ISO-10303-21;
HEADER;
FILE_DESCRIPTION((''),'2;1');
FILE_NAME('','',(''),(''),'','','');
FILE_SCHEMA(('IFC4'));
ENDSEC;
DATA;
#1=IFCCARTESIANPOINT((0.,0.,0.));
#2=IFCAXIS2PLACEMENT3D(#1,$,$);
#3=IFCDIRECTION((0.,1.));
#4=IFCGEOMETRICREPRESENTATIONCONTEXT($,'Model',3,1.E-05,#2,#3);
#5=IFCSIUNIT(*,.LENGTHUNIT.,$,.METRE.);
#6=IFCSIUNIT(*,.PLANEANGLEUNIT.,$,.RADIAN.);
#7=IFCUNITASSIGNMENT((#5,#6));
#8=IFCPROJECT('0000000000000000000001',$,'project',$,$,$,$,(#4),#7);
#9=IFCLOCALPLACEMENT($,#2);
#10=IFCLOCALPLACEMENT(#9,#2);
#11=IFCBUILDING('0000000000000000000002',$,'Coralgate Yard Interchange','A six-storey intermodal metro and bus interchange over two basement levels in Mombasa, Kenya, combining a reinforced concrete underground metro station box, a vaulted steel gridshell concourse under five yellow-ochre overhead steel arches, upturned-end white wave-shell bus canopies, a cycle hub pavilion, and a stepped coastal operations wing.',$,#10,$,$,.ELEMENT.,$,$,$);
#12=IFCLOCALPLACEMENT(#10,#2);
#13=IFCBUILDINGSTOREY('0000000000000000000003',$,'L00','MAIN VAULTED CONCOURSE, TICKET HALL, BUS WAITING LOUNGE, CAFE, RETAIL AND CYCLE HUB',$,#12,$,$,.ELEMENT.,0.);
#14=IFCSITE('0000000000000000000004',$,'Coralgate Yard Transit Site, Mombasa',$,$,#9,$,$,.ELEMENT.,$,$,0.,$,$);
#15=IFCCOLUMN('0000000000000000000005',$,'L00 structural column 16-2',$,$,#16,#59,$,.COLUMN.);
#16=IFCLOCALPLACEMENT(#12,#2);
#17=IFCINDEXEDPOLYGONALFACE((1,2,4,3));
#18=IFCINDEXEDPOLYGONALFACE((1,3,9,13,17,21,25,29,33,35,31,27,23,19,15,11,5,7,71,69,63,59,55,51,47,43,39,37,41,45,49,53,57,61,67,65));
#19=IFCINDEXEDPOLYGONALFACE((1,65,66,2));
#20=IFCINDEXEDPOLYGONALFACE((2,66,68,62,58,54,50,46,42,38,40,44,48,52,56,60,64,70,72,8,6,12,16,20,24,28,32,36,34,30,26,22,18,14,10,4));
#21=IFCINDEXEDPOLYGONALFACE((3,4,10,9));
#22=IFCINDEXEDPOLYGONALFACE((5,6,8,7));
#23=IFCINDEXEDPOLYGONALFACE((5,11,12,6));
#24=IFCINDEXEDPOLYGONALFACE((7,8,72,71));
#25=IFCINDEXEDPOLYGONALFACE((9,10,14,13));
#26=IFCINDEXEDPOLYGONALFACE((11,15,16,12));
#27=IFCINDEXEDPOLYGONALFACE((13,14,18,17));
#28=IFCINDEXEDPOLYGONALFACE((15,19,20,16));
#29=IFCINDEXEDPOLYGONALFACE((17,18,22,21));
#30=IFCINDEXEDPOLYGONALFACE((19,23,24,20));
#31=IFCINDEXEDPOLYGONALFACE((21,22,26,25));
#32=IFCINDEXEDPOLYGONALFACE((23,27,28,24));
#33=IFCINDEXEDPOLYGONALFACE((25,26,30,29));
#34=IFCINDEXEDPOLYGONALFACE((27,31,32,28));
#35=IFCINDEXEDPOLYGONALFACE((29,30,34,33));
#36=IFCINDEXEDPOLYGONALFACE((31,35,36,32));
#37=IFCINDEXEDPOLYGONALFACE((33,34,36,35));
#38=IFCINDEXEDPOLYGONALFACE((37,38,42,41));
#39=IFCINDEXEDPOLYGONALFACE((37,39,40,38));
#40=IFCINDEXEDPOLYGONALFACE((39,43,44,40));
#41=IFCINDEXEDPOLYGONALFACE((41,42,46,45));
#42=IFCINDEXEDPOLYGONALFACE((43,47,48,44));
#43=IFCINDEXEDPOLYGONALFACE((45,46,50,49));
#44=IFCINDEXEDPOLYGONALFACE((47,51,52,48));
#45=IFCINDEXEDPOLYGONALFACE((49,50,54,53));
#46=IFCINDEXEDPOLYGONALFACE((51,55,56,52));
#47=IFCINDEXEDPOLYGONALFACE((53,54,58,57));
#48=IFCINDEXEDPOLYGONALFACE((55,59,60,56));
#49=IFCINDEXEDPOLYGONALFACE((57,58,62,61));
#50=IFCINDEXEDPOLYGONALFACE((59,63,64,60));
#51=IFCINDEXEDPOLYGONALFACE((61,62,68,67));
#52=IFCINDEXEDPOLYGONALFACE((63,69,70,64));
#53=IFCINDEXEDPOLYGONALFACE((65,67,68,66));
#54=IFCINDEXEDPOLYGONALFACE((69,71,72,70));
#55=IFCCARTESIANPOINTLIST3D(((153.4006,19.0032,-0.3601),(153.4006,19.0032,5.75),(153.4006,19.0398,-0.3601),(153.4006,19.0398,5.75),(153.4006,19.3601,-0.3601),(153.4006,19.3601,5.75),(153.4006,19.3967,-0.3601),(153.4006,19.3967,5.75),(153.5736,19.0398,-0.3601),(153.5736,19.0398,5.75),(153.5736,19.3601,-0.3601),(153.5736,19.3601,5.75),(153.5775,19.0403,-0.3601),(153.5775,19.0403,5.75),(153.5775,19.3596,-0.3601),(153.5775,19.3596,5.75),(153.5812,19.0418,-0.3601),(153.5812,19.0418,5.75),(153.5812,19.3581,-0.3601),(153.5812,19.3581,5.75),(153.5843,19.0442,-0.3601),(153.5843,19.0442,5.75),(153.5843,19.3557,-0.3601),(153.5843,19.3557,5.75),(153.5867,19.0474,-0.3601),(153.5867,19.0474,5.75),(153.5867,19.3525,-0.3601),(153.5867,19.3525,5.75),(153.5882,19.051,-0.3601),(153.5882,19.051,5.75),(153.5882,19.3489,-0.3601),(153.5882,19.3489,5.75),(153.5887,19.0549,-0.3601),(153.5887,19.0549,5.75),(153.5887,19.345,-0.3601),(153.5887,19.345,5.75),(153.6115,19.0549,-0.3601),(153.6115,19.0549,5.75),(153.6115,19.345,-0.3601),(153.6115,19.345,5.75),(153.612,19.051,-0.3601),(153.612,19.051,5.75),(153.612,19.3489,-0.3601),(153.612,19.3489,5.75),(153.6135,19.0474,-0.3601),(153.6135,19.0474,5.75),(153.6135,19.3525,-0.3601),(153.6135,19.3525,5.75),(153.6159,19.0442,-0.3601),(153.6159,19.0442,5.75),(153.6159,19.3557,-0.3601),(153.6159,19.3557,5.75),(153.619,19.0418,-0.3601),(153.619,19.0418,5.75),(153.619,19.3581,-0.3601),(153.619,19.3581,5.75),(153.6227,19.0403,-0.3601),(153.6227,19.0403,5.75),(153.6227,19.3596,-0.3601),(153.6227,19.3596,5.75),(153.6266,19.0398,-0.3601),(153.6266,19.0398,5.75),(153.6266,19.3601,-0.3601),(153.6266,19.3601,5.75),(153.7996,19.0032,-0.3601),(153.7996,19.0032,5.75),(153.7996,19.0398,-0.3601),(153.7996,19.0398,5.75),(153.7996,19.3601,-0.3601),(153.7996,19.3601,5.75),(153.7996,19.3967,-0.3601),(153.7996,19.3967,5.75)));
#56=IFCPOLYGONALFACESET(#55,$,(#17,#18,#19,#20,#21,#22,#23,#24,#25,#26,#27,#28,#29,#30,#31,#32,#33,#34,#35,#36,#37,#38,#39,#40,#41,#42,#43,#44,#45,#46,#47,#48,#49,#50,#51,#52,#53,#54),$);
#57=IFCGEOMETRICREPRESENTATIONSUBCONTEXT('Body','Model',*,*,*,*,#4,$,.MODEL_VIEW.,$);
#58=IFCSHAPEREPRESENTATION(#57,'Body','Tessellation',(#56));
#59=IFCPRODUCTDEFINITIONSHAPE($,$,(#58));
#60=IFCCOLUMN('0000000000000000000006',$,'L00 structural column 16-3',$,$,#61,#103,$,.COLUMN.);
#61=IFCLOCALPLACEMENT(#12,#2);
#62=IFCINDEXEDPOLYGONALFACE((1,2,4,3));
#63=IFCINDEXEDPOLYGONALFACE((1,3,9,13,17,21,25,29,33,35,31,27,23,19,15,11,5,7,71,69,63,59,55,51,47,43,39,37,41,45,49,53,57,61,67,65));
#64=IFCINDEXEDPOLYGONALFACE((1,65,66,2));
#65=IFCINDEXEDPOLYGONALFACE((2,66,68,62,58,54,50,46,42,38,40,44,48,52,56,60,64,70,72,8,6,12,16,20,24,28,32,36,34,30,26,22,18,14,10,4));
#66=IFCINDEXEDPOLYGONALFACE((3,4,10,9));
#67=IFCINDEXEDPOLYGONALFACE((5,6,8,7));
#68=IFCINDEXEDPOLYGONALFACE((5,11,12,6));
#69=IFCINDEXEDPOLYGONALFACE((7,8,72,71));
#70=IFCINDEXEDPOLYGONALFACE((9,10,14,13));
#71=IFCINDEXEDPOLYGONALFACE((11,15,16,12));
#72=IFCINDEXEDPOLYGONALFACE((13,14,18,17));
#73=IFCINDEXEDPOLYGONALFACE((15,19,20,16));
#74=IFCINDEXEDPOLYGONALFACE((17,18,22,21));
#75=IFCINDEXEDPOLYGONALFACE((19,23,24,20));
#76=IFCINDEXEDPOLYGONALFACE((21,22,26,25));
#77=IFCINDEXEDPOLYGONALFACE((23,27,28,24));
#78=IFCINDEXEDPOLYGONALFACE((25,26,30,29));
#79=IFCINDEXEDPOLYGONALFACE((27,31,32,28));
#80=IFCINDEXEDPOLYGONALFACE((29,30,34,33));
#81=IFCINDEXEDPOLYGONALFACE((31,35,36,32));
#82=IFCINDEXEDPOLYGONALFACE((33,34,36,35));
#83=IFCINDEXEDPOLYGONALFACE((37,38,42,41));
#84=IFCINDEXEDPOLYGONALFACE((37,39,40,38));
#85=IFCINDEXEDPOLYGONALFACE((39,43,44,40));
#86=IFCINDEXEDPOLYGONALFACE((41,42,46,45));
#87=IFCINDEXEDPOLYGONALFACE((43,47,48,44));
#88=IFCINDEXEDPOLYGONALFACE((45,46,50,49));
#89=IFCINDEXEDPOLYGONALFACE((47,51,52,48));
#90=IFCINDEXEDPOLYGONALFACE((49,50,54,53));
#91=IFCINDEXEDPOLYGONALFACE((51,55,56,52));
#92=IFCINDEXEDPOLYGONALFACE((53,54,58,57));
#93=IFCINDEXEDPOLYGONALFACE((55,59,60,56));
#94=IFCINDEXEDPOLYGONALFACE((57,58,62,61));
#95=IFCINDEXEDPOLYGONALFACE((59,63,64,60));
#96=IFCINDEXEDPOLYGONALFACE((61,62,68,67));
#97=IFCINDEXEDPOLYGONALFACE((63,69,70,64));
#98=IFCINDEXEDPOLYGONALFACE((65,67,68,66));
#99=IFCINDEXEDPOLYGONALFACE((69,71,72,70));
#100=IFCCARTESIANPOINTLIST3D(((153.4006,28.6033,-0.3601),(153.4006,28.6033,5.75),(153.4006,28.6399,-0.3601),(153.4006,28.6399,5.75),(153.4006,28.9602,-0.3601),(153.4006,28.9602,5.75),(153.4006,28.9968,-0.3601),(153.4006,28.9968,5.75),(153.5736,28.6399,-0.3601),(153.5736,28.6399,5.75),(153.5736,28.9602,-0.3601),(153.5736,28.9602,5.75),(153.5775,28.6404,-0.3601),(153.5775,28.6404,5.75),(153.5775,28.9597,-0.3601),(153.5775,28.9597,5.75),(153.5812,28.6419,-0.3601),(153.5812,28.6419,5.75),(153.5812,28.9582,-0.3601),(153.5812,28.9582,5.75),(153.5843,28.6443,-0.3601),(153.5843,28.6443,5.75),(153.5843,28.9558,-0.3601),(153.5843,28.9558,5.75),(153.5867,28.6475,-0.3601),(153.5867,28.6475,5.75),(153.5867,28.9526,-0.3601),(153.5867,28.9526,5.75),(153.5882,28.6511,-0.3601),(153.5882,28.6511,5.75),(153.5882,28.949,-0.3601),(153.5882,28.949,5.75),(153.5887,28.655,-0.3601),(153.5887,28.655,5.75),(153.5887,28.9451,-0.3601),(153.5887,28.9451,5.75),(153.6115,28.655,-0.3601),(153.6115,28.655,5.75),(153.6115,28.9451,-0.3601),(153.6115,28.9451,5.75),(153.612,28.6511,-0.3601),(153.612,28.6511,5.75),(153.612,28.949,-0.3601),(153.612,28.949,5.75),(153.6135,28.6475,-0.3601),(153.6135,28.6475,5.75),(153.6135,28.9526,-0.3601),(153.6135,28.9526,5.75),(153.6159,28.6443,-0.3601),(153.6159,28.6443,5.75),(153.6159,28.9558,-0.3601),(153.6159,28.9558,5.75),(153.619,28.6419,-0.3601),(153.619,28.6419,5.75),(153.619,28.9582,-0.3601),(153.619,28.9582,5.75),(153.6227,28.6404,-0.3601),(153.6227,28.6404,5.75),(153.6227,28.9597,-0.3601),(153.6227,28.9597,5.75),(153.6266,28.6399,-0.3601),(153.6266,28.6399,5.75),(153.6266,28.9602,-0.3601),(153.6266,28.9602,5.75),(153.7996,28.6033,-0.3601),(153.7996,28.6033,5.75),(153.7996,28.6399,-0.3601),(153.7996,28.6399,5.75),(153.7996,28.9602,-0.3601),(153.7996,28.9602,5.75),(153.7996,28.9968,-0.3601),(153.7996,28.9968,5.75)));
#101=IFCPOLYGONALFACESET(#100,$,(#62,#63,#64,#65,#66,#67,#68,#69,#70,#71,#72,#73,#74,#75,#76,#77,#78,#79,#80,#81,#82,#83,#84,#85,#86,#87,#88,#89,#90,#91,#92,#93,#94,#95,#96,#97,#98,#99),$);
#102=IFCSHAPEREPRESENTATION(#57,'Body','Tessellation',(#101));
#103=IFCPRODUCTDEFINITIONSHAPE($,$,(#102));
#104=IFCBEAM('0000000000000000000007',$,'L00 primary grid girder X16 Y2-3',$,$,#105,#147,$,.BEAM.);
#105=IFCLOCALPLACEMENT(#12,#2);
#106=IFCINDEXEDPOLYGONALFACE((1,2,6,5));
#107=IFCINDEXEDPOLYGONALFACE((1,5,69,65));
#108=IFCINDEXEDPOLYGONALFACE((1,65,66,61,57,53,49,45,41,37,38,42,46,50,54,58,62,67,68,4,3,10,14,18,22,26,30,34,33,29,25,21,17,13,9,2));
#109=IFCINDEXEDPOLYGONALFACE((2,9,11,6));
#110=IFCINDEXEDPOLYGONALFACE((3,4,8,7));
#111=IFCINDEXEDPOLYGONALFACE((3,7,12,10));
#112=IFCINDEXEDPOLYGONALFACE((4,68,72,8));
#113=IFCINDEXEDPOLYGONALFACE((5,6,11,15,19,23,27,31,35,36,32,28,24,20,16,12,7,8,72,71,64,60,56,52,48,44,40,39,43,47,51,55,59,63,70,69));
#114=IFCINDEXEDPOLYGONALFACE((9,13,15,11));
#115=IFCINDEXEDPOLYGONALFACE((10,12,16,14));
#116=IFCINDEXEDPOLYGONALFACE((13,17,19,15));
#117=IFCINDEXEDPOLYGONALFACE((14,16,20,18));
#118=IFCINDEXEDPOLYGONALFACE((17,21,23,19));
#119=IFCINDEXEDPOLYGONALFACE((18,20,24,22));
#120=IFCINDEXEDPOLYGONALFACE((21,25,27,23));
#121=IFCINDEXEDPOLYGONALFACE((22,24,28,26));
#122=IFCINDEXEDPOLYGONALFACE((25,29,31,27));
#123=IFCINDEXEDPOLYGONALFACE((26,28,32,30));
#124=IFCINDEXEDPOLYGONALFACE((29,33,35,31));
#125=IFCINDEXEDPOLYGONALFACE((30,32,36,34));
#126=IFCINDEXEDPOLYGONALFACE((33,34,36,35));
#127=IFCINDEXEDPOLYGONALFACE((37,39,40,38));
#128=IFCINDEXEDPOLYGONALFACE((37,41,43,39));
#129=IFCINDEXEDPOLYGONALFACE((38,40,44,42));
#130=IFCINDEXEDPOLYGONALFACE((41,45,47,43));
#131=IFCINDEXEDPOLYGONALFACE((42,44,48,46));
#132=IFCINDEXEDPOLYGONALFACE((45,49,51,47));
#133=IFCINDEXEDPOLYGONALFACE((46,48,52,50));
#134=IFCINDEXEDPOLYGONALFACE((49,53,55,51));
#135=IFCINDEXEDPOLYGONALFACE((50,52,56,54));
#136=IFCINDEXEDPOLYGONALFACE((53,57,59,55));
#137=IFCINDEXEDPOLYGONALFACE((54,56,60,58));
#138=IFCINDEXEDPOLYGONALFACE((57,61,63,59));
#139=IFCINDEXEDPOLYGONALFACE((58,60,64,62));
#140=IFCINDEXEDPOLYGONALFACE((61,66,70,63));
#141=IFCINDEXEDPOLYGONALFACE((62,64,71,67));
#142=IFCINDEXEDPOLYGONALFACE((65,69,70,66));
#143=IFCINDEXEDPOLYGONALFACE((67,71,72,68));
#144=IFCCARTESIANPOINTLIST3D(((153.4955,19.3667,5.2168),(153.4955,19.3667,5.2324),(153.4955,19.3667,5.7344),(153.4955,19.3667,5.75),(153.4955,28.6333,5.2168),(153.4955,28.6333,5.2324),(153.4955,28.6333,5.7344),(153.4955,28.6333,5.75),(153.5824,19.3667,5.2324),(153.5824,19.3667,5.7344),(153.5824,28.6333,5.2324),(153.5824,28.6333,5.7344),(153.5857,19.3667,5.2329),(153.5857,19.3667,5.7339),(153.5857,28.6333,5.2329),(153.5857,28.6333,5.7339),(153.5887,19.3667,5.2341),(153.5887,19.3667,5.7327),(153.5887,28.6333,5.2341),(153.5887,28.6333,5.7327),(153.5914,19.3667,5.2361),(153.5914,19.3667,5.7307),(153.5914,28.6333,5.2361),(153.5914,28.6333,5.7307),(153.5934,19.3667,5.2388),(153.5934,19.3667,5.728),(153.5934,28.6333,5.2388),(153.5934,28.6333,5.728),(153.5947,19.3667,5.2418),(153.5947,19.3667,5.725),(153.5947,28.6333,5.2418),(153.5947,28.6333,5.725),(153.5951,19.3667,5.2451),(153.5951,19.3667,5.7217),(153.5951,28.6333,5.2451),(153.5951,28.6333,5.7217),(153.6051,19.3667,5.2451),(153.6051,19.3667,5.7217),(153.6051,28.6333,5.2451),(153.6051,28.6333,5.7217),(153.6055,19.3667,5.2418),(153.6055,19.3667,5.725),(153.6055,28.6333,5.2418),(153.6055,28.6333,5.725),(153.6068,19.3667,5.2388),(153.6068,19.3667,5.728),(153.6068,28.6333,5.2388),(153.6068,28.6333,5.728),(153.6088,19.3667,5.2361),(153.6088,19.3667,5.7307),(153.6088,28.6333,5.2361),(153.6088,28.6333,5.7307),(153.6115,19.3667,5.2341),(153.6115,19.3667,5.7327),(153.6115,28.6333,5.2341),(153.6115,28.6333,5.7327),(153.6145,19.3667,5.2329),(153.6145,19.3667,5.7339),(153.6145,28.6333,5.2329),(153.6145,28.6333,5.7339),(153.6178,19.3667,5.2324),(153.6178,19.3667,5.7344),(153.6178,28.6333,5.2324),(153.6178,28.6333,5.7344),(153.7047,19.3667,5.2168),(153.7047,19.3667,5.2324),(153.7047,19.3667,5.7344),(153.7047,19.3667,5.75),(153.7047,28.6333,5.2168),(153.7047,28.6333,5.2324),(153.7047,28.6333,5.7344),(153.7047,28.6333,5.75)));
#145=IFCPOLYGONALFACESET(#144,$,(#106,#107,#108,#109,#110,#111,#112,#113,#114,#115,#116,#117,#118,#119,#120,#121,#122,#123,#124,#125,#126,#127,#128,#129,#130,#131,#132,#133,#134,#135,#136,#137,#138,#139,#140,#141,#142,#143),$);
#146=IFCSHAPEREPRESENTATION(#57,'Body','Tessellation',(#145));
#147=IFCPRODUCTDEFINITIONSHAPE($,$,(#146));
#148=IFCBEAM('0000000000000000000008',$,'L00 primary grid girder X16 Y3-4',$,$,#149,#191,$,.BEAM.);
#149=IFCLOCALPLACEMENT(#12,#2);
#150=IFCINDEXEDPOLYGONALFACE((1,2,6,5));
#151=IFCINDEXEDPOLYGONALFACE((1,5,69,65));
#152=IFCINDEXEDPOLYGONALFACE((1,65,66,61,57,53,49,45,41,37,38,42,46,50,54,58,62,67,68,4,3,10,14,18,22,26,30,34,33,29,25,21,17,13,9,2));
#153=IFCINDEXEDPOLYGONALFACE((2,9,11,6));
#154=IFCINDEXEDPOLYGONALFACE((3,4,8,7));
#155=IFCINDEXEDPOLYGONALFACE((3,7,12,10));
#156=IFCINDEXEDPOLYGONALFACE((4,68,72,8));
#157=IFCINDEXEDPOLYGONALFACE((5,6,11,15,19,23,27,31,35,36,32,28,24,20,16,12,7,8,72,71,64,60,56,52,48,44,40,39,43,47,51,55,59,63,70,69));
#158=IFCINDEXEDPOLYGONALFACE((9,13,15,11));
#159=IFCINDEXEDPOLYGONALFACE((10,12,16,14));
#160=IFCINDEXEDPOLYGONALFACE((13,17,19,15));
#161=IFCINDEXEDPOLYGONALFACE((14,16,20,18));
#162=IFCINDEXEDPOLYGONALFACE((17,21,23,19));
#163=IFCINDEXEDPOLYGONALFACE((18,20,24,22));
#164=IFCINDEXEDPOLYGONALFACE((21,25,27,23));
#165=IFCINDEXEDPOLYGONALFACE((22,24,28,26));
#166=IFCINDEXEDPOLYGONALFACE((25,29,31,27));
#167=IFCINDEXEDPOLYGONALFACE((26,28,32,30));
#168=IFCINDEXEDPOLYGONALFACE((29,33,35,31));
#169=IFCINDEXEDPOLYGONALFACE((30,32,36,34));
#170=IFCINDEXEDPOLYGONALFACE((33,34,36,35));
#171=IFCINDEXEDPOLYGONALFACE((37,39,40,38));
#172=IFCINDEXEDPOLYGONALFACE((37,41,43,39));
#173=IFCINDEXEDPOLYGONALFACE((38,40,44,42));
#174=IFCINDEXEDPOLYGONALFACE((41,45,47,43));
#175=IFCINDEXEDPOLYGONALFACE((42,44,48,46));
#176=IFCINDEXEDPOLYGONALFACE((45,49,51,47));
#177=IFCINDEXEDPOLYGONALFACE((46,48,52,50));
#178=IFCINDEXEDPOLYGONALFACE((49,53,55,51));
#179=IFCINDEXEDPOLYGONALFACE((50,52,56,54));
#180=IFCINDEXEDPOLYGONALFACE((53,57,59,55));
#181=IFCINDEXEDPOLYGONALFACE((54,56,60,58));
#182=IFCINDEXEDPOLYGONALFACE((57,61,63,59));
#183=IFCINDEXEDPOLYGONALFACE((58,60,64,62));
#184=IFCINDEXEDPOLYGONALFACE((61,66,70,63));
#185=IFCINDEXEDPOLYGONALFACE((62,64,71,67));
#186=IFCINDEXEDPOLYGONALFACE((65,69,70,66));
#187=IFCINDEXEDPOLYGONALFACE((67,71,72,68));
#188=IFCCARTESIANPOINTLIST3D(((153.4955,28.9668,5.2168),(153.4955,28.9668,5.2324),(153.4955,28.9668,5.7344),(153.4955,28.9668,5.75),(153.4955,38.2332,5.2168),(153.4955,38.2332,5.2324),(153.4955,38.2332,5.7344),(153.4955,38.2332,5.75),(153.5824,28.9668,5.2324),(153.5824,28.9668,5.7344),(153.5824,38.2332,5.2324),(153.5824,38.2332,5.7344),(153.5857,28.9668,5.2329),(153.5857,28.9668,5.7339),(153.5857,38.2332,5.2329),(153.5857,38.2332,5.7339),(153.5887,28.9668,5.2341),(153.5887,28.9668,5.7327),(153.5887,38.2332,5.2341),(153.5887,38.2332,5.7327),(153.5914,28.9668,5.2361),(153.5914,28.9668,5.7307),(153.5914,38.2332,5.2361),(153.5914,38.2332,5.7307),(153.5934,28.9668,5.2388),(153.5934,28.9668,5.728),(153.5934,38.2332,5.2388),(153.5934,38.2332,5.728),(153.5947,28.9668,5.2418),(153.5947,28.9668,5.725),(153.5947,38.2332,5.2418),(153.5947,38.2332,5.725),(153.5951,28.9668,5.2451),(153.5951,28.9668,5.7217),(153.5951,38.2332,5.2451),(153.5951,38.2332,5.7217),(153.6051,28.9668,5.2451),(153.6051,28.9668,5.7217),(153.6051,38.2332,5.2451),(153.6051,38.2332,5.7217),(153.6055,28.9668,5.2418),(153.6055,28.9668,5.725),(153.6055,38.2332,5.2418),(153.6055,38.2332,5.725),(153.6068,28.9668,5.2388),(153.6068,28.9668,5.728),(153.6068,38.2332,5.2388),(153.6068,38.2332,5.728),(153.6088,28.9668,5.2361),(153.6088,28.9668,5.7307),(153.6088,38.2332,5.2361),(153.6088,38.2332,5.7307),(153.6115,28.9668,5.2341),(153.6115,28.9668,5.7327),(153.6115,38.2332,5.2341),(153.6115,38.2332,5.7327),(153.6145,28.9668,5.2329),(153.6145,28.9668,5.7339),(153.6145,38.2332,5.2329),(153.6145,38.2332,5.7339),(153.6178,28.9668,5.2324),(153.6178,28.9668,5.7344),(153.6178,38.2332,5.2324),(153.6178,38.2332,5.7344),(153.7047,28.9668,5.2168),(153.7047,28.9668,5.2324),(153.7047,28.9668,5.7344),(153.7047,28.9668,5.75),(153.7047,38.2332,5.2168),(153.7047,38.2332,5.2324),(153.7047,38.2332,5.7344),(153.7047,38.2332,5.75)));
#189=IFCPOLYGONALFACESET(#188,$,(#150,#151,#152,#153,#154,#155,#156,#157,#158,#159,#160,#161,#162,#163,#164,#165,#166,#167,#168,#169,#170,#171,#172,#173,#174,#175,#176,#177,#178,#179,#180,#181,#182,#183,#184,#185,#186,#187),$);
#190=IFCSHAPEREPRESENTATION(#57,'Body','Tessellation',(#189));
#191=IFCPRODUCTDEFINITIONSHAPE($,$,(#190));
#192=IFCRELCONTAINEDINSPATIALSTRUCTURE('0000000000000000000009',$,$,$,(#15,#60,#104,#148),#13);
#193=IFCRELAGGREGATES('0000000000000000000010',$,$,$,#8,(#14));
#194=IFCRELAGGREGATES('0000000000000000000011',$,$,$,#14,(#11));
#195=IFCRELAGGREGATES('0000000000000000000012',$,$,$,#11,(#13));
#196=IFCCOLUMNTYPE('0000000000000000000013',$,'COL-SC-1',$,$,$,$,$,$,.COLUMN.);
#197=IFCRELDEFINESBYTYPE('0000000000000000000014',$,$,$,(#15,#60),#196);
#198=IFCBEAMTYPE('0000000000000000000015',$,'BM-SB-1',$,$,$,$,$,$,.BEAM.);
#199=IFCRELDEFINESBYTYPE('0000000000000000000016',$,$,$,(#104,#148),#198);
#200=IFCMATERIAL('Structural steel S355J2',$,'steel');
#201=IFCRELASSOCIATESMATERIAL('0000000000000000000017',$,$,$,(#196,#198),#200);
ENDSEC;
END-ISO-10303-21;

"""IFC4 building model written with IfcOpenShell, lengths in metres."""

from ifc_helpers import new_model, si_unit, direction, frame, origin, origin_2d, place, context, subcontext, project, spatial, i_section, extrude, material, material_profile, profile_set, type_object, element, save


model = new_model("IFC4")

# Units and contexts
model_context = context("Model", 3, precision=1e-05, world=origin(), true_north=direction((0.0, 1.0)))
body_context = subcontext(model_context, "Body", "Model", "MODEL_VIEW")
ifc_project = project(units=[si_unit("LENGTHUNIT", "METRE"), si_unit("PLANEANGLEUNIT", "RADIAN")], contexts=[model_context])

# Site, building, storey
site_placement = place(None, origin())
site = spatial("IfcSite", under=ifc_project, at=site_placement, Name="Coralgate Yard Transit Site, Mombasa", CompositionType="ELEMENT", RefElevation=0.0)
building_placement = place(site_placement, origin())
building = spatial("IfcBuilding", under=site, at=building_placement, Name="Coralgate Yard Interchange", Description="A six-storey intermodal metro and bus interchange over two basement levels in Mombasa, Kenya, combining a reinforced concrete underground metro station box, a vaulted steel gridshell concourse under five yellow-ochre overhead steel arches, upturned-end white wave-shell bus canopies, a cycle hub pavilion, and a stepped coastal operations wing.", CompositionType="ELEMENT")
storey_placement = place(building_placement, origin())
storey = spatial("IfcBuildingStorey", under=building, at=storey_placement, Name="L00", Description="MAIN VAULTED CONCOURSE, TICKET HALL, BUS WAITING LOUNGE, CAFE, RETAIL AND CYCLE HUB", CompositionType="ELEMENT", Elevation=0.0)

# Columns
ifc_material_1 = material(Name="Structural steel S355J2", Category="steel")
ifc_material_profile_1 = material_profile(ifc_material_1, i_section(OverallWidth=0.3989, OverallDepth=0.3936, WebThickness=0.0227, FlangeThickness=0.0366, FilletRadius=0.0151, at=origin_2d()), Name="UC 356x406x287")
ifc_profile_set_1 = profile_set([ifc_material_profile_1], Name="Structural steel S355J2")
column_type = type_object("IfcColumnType", Name="COL-SC-1", PredefinedType="COLUMN", material=ifc_profile_set_1)
for number, where, z_axis, x_axis, name in (
    (1, (153.6001, 19.2, -0.3601), (0.0, 0.0, 1.0), (1.0, 0.0, 0.0), "L00 structural column 16-2"),
    (2, (153.6001, 28.8, -0.3601), (0.0, 0.0, 1.0), (1.0, 0.0, 0.0), "L00 structural column 16-3"),
):
    element("IfcColumn", number, at=place(storey_placement, frame(where, z_axis=z_axis, x_axis=x_axis)), inside=storey, type_object=column_type, Name=name, PredefinedType="COLUMN", context=body_context, shape_type="SweptSolid", body=[
        extrude(i_section(OverallWidth=0.3989, OverallDepth=0.3936, WebThickness=0.0227, FlangeThickness=0.0366, FilletRadius=0.0151, at=origin_2d()), origin(), (0.0, 0.0, 1.0), 6.1101),
    ])

# Beams
ifc_material_profile_2 = material_profile(ifc_material_1, i_section(OverallWidth=0.2092, OverallDepth=0.5332, WebThickness=0.01, FlangeThickness=0.0156, FilletRadius=0.0127, at=origin_2d()), Name="UB 533x210x92")
ifc_profile_set_2 = profile_set([ifc_material_profile_2], Name="Structural steel S355J2")
beam_type_1 = type_object("IfcBeamType", Name="BM-SB-1", PredefinedType="BEAM", material=ifc_profile_set_2)
beam_1_placement = place(storey_placement, frame((153.6001, 19.3667, 5.4834), z_axis=(0.0, 1.0, 0.0), x_axis=(-1.0, 0.0, 0.0)))
element("IfcBeam", 3, at=beam_1_placement, inside=storey, type_object=beam_type_1, Name="L00 primary grid girder X16 Y2-3", PredefinedType="BEAM", context=body_context, shape_type="SweptSolid", body=[
    extrude(i_section(OverallWidth=0.2092, OverallDepth=0.5332, WebThickness=0.01, FlangeThickness=0.0156, FilletRadius=0.0127, at=origin_2d()), origin(), (0.0, 0.0, 1.0), 9.2666),
])
beam_2_placement = place(storey_placement, frame((153.6001, 28.9668, 5.4834), z_axis=(0.0, 1.0, 0.0), x_axis=(-1.0, 0.0, 0.0)))
element("IfcBeam", 4, at=beam_2_placement, inside=storey, type_object=beam_type_1, Name="L00 primary grid girder X16 Y3-4", PredefinedType="BEAM", context=body_context, shape_type="SweptSolid", body=[
    extrude(i_section(OverallWidth=0.2092, OverallDepth=0.5332, WebThickness=0.01, FlangeThickness=0.0156, FilletRadius=0.0127, at=origin_2d()), origin(), (0.0, 0.0, 1.0), 9.2664),
])

save(model, "model.ifc")
